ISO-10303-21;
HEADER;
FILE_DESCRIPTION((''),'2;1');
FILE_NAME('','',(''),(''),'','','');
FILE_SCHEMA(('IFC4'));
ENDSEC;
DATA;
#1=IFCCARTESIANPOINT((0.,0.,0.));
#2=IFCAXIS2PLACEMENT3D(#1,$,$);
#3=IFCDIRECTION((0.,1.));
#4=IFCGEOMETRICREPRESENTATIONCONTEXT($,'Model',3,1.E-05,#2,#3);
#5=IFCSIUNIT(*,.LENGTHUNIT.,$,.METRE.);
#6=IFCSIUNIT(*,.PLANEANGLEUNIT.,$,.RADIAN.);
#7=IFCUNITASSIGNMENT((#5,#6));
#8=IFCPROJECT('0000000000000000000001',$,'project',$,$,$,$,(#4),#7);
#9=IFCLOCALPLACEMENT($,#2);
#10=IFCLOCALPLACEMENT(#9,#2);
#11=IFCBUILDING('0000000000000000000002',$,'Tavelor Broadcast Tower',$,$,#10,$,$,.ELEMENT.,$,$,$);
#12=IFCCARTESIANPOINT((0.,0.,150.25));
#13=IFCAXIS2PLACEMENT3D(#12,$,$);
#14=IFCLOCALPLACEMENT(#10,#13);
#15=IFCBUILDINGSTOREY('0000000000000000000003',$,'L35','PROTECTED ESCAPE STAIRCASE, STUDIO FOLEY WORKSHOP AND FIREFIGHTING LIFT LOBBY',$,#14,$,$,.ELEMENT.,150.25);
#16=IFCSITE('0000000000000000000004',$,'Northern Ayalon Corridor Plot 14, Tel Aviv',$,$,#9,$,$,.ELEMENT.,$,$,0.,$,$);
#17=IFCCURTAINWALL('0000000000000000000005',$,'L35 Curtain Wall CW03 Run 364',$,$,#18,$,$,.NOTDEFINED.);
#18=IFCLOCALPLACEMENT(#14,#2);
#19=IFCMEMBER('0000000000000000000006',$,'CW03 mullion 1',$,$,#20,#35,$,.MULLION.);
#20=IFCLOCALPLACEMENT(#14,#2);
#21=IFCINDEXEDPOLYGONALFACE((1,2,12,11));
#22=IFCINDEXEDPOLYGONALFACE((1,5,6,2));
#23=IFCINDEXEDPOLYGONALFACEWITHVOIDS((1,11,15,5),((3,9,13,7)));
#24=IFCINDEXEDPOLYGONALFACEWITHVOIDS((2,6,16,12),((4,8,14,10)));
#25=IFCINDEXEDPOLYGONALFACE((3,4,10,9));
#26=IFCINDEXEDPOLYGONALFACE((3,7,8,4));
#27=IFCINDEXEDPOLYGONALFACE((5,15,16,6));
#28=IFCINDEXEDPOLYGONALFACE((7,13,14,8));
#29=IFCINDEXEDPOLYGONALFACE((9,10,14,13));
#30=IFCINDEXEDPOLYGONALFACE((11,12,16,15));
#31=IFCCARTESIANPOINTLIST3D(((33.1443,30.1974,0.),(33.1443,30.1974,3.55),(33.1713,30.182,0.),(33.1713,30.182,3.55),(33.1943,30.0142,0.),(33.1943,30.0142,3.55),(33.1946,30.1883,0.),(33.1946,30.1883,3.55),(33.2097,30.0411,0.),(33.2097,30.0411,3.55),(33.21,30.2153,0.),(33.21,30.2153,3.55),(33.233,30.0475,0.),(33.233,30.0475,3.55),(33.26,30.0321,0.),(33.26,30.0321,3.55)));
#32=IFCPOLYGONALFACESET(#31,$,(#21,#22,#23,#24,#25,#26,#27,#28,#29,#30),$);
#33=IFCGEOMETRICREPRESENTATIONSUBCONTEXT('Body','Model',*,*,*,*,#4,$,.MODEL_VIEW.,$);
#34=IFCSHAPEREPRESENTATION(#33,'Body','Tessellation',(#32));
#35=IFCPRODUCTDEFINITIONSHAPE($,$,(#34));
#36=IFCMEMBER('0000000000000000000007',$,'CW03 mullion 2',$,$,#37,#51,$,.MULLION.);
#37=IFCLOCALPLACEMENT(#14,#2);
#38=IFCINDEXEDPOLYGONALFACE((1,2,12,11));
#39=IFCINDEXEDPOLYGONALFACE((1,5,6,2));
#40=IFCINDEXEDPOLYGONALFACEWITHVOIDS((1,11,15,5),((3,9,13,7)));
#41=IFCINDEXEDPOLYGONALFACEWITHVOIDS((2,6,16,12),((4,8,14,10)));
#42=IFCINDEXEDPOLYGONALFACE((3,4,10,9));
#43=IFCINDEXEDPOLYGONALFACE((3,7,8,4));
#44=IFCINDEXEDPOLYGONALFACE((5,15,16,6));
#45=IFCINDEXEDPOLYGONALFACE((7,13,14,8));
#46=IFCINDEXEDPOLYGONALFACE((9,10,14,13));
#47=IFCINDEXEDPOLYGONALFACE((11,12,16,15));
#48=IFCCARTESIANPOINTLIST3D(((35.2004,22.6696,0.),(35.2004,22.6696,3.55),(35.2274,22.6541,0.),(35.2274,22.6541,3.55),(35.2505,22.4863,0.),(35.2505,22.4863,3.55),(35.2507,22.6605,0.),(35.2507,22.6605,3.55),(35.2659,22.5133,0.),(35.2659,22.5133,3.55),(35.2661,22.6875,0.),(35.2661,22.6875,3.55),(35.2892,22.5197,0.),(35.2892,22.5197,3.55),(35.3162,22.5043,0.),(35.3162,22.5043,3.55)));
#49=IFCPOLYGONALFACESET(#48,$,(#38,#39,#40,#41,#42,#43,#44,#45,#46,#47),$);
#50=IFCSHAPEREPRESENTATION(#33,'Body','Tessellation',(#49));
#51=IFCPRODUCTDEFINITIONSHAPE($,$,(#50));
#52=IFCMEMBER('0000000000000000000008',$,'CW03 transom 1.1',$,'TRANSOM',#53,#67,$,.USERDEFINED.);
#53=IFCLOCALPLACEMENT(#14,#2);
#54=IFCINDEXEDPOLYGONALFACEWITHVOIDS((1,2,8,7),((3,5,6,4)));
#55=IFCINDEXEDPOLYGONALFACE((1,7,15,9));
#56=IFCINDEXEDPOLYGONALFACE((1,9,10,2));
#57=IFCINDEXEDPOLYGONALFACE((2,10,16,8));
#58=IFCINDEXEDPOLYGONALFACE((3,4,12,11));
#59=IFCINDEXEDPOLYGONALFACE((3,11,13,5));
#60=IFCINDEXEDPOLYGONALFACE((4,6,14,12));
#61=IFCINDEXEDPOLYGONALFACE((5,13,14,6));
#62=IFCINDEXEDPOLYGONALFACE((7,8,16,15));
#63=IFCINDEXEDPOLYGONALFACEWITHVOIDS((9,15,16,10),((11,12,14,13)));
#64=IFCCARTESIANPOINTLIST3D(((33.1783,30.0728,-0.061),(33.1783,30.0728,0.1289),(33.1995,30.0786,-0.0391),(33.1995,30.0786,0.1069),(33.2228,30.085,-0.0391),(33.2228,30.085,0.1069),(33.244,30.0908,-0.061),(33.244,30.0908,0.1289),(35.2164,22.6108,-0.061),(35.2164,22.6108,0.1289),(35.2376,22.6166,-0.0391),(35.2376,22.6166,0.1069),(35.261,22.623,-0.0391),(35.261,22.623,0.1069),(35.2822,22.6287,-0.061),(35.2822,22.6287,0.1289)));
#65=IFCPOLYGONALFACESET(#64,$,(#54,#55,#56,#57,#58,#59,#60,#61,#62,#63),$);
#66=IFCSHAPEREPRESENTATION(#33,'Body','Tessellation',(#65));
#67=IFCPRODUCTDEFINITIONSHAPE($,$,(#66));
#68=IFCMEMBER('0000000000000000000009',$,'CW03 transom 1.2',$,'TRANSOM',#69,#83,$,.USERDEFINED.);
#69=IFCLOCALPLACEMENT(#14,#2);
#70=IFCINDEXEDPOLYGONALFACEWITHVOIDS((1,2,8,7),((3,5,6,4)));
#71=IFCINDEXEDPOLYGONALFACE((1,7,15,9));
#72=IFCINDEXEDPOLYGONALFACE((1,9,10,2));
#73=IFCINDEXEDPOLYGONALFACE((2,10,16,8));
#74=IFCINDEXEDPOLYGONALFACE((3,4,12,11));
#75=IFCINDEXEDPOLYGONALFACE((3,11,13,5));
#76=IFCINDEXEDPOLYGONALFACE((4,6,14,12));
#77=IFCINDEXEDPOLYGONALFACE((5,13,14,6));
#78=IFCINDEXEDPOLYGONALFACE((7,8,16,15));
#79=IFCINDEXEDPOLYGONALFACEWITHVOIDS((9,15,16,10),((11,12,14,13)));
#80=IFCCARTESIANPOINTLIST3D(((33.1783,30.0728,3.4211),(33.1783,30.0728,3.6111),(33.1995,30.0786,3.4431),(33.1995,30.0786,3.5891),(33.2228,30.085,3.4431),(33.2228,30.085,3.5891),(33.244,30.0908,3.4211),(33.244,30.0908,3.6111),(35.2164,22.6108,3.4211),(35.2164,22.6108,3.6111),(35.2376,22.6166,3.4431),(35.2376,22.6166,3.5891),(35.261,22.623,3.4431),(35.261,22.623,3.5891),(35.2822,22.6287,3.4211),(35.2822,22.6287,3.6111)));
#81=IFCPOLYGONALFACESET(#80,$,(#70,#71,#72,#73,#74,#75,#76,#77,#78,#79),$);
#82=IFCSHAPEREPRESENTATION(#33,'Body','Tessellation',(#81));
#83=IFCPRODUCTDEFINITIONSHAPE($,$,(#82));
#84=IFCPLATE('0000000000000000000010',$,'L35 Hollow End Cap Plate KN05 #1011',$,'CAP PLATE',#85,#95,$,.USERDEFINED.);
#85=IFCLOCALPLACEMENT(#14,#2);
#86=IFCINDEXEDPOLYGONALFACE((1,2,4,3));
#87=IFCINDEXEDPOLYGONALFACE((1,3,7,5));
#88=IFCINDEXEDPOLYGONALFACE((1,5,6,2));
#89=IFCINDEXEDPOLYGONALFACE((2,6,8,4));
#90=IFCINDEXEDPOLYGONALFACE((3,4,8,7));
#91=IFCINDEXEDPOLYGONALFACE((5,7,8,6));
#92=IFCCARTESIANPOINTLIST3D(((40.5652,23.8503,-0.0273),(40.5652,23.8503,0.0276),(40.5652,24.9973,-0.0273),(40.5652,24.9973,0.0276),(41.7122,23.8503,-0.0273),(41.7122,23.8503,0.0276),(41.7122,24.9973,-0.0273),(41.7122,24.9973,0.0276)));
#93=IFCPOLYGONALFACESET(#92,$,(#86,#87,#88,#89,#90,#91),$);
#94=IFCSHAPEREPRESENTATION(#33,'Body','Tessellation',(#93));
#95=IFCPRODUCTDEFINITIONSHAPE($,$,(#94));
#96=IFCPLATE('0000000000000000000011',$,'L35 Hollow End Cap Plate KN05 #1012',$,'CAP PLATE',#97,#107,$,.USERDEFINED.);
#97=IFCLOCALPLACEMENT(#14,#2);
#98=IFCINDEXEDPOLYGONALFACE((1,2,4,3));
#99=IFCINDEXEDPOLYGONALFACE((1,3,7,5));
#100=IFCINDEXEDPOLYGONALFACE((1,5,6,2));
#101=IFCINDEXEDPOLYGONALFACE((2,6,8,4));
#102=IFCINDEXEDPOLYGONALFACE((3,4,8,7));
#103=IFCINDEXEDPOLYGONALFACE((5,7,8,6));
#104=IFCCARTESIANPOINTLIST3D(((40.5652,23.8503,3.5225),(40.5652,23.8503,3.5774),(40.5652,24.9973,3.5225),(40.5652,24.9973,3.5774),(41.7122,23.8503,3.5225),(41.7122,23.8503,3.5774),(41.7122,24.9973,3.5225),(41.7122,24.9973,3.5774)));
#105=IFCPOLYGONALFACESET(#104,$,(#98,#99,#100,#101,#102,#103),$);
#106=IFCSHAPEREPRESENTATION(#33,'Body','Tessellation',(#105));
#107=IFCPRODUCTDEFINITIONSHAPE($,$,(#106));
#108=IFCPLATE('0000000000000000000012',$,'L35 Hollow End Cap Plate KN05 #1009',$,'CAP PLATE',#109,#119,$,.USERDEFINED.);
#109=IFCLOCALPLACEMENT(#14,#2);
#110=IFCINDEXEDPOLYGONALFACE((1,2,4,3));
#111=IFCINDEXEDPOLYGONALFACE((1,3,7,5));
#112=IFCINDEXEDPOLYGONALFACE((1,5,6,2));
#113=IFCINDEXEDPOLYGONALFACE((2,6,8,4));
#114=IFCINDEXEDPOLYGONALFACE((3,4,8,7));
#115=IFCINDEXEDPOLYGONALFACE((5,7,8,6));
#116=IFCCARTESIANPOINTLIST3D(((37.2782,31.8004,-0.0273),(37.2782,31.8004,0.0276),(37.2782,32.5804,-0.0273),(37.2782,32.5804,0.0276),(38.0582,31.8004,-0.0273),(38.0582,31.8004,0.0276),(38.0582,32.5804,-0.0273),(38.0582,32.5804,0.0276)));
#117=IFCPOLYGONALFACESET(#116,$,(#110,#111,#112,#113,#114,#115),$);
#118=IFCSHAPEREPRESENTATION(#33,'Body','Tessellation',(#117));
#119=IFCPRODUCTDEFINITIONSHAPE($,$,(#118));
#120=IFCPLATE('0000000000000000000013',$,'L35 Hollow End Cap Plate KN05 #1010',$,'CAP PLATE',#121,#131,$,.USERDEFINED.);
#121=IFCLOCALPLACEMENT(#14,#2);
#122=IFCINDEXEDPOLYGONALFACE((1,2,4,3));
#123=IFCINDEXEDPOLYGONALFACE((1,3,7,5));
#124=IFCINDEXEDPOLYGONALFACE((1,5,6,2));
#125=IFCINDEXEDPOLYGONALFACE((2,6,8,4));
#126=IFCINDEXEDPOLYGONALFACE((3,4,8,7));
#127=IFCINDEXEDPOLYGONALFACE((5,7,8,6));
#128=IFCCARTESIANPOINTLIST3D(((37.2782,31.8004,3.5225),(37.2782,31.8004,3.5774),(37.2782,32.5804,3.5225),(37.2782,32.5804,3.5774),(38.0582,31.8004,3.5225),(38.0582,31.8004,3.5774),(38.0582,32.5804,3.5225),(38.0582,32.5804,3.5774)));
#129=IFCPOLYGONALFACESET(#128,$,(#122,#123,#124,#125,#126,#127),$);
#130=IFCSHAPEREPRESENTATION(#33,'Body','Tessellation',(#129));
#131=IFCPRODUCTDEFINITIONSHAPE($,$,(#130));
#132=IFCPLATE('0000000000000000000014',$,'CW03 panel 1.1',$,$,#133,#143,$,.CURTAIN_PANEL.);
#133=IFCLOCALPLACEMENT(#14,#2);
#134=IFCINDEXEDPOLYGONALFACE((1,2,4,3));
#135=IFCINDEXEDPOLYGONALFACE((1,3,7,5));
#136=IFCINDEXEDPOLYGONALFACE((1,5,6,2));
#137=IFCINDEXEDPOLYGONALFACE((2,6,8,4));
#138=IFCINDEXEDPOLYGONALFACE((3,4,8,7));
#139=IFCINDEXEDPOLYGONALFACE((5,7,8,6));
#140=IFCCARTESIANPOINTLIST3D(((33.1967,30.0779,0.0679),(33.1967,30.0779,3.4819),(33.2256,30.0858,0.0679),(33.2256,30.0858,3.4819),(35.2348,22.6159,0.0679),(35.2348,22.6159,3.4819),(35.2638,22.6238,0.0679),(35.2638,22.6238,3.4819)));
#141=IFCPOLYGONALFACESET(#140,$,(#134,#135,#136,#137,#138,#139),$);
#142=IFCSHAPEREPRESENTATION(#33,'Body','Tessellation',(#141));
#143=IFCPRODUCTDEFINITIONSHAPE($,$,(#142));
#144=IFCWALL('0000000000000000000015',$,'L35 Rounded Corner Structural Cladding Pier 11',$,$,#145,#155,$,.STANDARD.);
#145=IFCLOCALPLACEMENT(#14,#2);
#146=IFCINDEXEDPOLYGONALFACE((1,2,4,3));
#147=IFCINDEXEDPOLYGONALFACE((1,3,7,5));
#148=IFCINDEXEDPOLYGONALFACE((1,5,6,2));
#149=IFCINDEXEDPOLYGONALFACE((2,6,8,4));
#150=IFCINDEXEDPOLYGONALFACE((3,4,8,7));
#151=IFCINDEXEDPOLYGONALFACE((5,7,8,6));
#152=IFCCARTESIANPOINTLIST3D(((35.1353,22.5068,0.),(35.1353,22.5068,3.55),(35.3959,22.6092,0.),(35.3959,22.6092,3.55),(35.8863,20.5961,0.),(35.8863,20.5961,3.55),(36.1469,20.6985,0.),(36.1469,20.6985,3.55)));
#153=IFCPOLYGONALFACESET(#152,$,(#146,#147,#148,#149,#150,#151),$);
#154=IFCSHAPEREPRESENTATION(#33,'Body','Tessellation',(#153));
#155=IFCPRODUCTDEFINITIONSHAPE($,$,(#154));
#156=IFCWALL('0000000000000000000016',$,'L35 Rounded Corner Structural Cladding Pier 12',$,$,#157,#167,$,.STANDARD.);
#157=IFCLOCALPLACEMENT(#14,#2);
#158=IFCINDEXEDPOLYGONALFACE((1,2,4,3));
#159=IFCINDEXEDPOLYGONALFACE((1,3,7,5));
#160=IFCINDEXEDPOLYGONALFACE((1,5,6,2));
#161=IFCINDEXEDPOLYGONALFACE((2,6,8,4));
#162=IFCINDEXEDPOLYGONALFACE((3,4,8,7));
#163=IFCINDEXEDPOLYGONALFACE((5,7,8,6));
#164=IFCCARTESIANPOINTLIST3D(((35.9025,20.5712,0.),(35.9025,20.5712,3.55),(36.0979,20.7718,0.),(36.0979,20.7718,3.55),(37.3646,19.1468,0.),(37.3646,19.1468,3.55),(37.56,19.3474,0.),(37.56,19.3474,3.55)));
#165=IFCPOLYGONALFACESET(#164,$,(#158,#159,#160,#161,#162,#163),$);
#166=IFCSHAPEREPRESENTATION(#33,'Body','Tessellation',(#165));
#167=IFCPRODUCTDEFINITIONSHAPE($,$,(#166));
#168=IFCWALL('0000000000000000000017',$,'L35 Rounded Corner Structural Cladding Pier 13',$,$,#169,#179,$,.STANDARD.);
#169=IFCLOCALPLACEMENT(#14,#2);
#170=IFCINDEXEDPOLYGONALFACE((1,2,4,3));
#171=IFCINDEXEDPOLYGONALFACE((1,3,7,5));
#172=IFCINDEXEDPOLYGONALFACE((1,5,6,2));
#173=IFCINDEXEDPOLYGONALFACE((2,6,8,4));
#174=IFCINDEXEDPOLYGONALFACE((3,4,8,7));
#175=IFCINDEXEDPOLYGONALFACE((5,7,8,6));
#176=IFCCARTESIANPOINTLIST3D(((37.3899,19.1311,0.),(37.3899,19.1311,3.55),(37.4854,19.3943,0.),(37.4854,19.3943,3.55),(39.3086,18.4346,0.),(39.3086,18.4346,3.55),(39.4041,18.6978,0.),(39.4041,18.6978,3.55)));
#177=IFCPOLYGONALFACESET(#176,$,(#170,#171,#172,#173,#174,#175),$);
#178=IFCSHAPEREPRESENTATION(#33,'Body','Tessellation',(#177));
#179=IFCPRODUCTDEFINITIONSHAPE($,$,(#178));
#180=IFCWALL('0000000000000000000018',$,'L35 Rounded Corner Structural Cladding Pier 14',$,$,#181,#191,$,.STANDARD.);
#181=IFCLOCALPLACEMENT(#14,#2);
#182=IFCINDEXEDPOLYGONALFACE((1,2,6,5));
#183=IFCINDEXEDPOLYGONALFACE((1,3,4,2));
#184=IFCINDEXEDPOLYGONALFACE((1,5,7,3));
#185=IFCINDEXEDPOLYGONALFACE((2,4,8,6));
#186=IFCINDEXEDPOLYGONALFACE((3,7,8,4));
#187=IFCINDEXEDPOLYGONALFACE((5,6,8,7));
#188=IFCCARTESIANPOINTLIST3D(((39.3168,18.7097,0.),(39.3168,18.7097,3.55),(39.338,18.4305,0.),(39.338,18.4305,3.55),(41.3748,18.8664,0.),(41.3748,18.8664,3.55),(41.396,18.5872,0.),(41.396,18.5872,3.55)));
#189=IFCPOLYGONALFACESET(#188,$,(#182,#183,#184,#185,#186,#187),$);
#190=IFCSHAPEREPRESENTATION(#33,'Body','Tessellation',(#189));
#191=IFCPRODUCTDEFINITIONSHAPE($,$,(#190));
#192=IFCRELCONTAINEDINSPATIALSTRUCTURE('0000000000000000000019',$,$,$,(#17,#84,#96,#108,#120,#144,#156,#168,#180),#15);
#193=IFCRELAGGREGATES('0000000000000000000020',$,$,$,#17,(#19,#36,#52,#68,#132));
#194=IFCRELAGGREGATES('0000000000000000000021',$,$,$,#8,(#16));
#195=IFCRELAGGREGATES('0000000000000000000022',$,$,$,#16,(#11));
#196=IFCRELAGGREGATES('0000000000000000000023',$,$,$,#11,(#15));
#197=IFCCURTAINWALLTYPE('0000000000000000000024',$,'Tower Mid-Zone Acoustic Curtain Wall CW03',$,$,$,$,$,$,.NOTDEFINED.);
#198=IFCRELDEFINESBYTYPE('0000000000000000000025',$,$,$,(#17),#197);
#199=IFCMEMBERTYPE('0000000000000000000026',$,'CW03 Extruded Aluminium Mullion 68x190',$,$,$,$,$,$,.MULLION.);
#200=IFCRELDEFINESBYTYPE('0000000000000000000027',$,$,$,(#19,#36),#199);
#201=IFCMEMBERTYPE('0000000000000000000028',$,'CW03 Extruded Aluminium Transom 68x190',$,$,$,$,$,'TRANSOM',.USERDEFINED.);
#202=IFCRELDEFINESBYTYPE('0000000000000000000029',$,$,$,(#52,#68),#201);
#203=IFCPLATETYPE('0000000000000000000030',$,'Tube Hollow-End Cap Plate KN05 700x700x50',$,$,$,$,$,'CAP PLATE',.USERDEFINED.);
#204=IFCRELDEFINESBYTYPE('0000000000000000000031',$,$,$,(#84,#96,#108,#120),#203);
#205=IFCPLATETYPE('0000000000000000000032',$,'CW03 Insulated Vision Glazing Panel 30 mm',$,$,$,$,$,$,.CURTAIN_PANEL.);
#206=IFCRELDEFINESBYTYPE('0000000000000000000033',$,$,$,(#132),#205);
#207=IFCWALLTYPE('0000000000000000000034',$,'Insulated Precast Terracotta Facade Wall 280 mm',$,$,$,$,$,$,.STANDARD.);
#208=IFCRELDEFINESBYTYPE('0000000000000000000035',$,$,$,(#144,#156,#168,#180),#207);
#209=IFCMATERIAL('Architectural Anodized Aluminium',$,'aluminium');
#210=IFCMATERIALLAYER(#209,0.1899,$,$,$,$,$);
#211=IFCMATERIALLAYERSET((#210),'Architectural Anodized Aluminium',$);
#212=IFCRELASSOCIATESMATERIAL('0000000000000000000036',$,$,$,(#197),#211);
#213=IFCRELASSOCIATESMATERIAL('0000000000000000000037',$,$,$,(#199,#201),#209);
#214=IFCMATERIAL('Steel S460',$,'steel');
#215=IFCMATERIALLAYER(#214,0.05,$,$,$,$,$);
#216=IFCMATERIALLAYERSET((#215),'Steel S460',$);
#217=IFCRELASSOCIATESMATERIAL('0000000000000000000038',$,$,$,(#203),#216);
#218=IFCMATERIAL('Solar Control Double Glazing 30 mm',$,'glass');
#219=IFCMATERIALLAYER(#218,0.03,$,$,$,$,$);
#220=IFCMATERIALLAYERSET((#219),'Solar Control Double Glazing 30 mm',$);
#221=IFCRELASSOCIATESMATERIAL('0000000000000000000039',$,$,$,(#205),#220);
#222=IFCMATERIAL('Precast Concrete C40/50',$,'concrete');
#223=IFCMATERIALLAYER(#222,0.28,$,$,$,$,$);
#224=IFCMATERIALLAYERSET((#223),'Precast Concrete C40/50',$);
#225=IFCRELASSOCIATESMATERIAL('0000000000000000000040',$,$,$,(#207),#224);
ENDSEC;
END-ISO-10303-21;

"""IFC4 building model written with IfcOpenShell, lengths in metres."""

from ifc_helpers import new_model, si_unit, direction, frame, frame_2d, origin, origin_2d, place, context, subcontext, project, spatial, rectangle, hollow_rectangle, extrude, source, transform, mapped, material, layer, layer_set, material_profile, profile_set, type_object, type_shapes, element, aggregate, save


model = new_model("IFC4")

# Units and contexts
model_context = context("Model", 3, precision=1e-05, world=origin(), true_north=direction((0.0, 1.0)))
body_context = subcontext(model_context, "Body", "Model", "MODEL_VIEW")
ifc_project = project(units=[si_unit("LENGTHUNIT", "METRE"), si_unit("PLANEANGLEUNIT", "RADIAN")], contexts=[model_context])

# Site, building, storey
site_placement = place(None, origin())
site = spatial("IfcSite", under=ifc_project, at=site_placement, Name="Northern Ayalon Corridor Plot 14, Tel Aviv", CompositionType="ELEMENT", RefElevation=0.0)
building_placement = place(site_placement, origin())
building = spatial("IfcBuilding", under=site, at=building_placement, Name="Tavelor Broadcast Tower", CompositionType="ELEMENT")
storey_placement = place(building_placement, frame((0.0, 0.0, 150.25)))
storey = spatial("IfcBuildingStorey", under=building, at=storey_placement, Name="L35", Description="PROTECTED ESCAPE STAIRCASE, STUDIO FOLEY WORKSHOP AND FIREFIGHTING LIFT LOBBY", CompositionType="ELEMENT", Elevation=150.25)

# Shared definitions
ifc_material_1 = material(Name="Steel S460", Category="steel")

# Curtain wall, members
ifc_material_2 = material(Name="Architectural Anodized Aluminium", Category="aluminium")
ifc_layer_1 = layer(ifc_material_2, 0.1899)
ifc_layer_set_1 = layer_set([ifc_layer_1], Name="Architectural Anodized Aluminium")
curtain_wall_type = type_object("IfcCurtainWallType", Name="Tower Mid-Zone Acoustic Curtain Wall CW03", PredefinedType="NOTDEFINED", material=ifc_layer_set_1)
curtain_wall_placement = place(storey_placement, origin())
curtain_wall = element("IfcCurtainWall", 1, at=curtain_wall_placement, inside=storey, type_object=curtain_wall_type, Name="L35 Curtain Wall CW03 Run 364", PredefinedType="NOTDEFINED")
ifc_material_profile_1 = material_profile(ifc_material_2, hollow_rectangle(XDim=0.0681, YDim=0.1899, WallThickness=0.022, at=origin_2d()), Name="RHS 68x190x22")
ifc_profile_set_1 = profile_set([ifc_material_profile_1], Name="Architectural Anodized Aluminium")
member_type_1 = type_object("IfcMemberType", Name="CW03 Extruded Aluminium Mullion 68x190", PredefinedType="MULLION", material=ifc_profile_set_1)
shared_shape_1 = source(origin(), body_context, "Body", "SweptSolid", [
    extrude(hollow_rectangle(XDim=0.0681, YDim=0.1899, WallThickness=0.022, at=origin_2d()), origin(), (0.0, 0.0, 1.0), 3.55),
])
type_shapes(member_type_1, [shared_shape_1])
member_1_placement = place(storey_placement, frame((33.2021, 30.1147, 0.0), z_axis=(0.0, 0.0, 1.0), x_axis=(0.964664, 0.263484, 0.0)))
member_1 = element("IfcMember", 2, at=member_1_placement, type_object=member_type_1, Name="CW03 mullion 1", PredefinedType="MULLION", context=body_context, shape_type="MappedRepresentation", body=[
    mapped(shared_shape_1, transform((0.0, 0.0, 0.0), scale=1.0)),
])
member_2_placement = place(storey_placement, frame((35.2583, 22.5869, 0.0), z_axis=(0.0, 0.0, 1.0), x_axis=(0.964664, 0.263484, 0.0)))
member_2 = element("IfcMember", 3, at=member_2_placement, type_object=member_type_1, Name="CW03 mullion 2", PredefinedType="MULLION", context=body_context, shape_type="MappedRepresentation", body=[
    mapped(shared_shape_1, transform((0.0, 0.0, 0.0), scale=1.0)),
])
ifc_material_profile_2 = material_profile(ifc_material_2, hollow_rectangle(XDim=0.0681, YDim=0.1899, WallThickness=0.022, at=origin_2d()), Name="RHS 68x190x22")
ifc_profile_set_2 = profile_set([ifc_material_profile_2], Name="Architectural Anodized Aluminium")
member_type_2 = type_object("IfcMemberType", Name="CW03 Extruded Aluminium Transom 68x190", ElementType="TRANSOM", PredefinedType="USERDEFINED", material=ifc_profile_set_2)
shared_shape_2 = source(origin(), body_context, "Body", "SweptSolid", [
    extrude(hollow_rectangle(XDim=0.0681, YDim=0.1899, WallThickness=0.022, at=origin_2d()), origin(), (0.0, 0.0, 1.0), 7.7354),
])
type_shapes(member_type_2, [shared_shape_2])
member_3_placement = place(storey_placement, frame((33.2112, 30.0818, 0.0339), z_axis=(0.263481, -0.964665, 0.0), x_axis=(0.964665, 0.263481, 0.0)))
member_3 = element("IfcMember", 4, at=member_3_placement, type_object=member_type_2, Name="CW03 transom 1.1", ObjectType="TRANSOM", PredefinedType="USERDEFINED", context=body_context, shape_type="MappedRepresentation", body=[
    mapped(shared_shape_2, transform((0.0, 0.0, 0.0), scale=1.0)),
])
member_4_placement = place(storey_placement, frame((33.2112, 30.0818, 3.5161), z_axis=(0.263481, -0.964665, 0.0), x_axis=(0.964665, 0.263481, 0.0)))
member_4 = element("IfcMember", 5, at=member_4_placement, type_object=member_type_2, Name="CW03 transom 1.2", ObjectType="TRANSOM", PredefinedType="USERDEFINED", context=body_context, shape_type="MappedRepresentation", body=[
    mapped(shared_shape_2, transform((0.0, 0.0, 0.0), scale=1.0)),
])

# Plates
ifc_layer_2 = layer(ifc_material_1, 0.05)
ifc_layer_set_2 = layer_set([ifc_layer_2], Name="Steel S460")
plate_type_1 = type_object("IfcPlateType", Name="Tube Hollow-End Cap Plate KN05 700x700x50", ElementType="CAP PLATE", PredefinedType="USERDEFINED", material=ifc_layer_set_2)
shared_shape_3 = source(origin(), body_context, "Body", "SweptSolid", [
    extrude(rectangle(XDim=1.147, YDim=1.147, at=origin_2d()), origin(), (0.0, 0.0, 1.0), 0.0549),
])
for number, where, z_axis, x_axis, name in (
    (6, (41.1387, 24.4238, -0.0273), (0.0, 0.0, 1.0), (1.0, 0.0, 0.0), "L35 Hollow End Cap Plate KN05 #1011"),
    (7, (41.1387, 24.4238, 3.5225), (0.0, 0.0, 1.0), (1.0, 0.0, 0.0), "L35 Hollow End Cap Plate KN05 #1012"),
):
    element("IfcPlate", number, at=place(storey_placement, frame(where, z_axis=z_axis, x_axis=x_axis)), inside=storey, type_object=plate_type_1, Name=name, ObjectType="CAP PLATE", PredefinedType="USERDEFINED", context=body_context, shape_type="MappedRepresentation", body=[
        mapped(shared_shape_3, transform((0.0, 0.0, 0.0), scale=1.0)),
    ])
shared_shape_4 = source(origin(), body_context, "Body", "SweptSolid", [
    extrude(rectangle(XDim=0.78, YDim=0.78, at=origin_2d()), origin(), (0.0, 0.0, 1.0), 0.0549),
])
type_shapes(plate_type_1, [shared_shape_3, shared_shape_4])
for number, where, z_axis, x_axis, name in (
    (8, (37.6682, 32.1904, -0.0273), (0.0, 0.0, 1.0), (1.0, 0.0, 0.0), "L35 Hollow End Cap Plate KN05 #1009"),
    (9, (37.6682, 32.1904, 3.5225), (0.0, 0.0, 1.0), (1.0, 0.0, 0.0), "L35 Hollow End Cap Plate KN05 #1010"),
):
    element("IfcPlate", number, at=place(storey_placement, frame(where, z_axis=z_axis, x_axis=x_axis)), inside=storey, type_object=plate_type_1, Name=name, ObjectType="CAP PLATE", PredefinedType="USERDEFINED", context=body_context, shape_type="MappedRepresentation", body=[
        mapped(shared_shape_4, transform((0.0, 0.0, 0.0), scale=1.0)),
    ])

# Plate
ifc_material_3 = material(Name="Solar Control Double Glazing 30 mm", Category="glass")
ifc_layer_3 = layer(ifc_material_3, 0.03)
ifc_layer_set_3 = layer_set([ifc_layer_3], Name="Solar Control Double Glazing 30 mm")
plate_type_2 = type_object("IfcPlateType", Name="CW03 Insulated Vision Glazing Panel 30 mm", PredefinedType="CURTAIN_PANEL", material=ifc_layer_set_3)
shared_shape_5 = source(origin(), body_context, "Body", "SweptSolid", [
    extrude(rectangle(XDim=7.7354, YDim=0.03, at=origin_2d()), origin(), (0.0, 0.0, 1.0), 3.4141),
])
type_shapes(plate_type_2, [shared_shape_5])
plate_placement = place(storey_placement, frame((34.2302, 26.3508, 0.0679), z_axis=(0.0, 0.0, 1.0), x_axis=(0.263484, -0.964664, 0.0)))
plate = element("IfcPlate", 10, at=plate_placement, type_object=plate_type_2, Name="CW03 panel 1.1", PredefinedType="CURTAIN_PANEL", context=body_context, shape_type="MappedRepresentation", body=[
    mapped(shared_shape_5, transform((0.0, 0.0, 0.0), scale=1.0)),
])
aggregate(curtain_wall, [member_1, member_2, member_3, member_4, plate])

# Walls
ifc_material_4 = material(Name="Precast Concrete C40/50", Category="concrete")
ifc_layer_4 = layer(ifc_material_4, 0.28)
ifc_layer_set_4 = layer_set([ifc_layer_4], Name="Precast Concrete C40/50")
wall_type_1 = type_object("IfcWallType", Name="Insulated Precast Terracotta Facade Wall 280 mm", PredefinedType="STANDARD", material=ifc_layer_set_4)
wall_1_placement = place(storey_placement, frame((35.2656, 22.5579, 0.0), z_axis=(0.0, 0.0, 1.0), x_axis=(0.365807, -0.930691, 0.0)))
element("IfcWall", 11, at=wall_1_placement, inside=storey, type_object=wall_type_1, Name="L35 Rounded Corner Structural Cladding Pier 11", PredefinedType="STANDARD", context=body_context, shape_type="SweptSolid", body=[
    extrude(rectangle(XDim=2.053, YDim=0.28, at=frame_2d((1.0264, 0.0))), origin(), (0.0, 0.0, 1.0), 3.55),
])
for number, where, z_axis, x_axis, name in (
    (12, (36.0002, 20.6714, 0.0), (0.0, 0.0, 1.0), (0.716315, -0.697777, 0.0), "L35 Rounded Corner Structural Cladding Pier 12"),
    (13, (37.4377, 19.2627, 0.0), (0.0, 0.0, 1.0), (0.939978, -0.341234, 0.0), "L35 Rounded Corner Structural Cladding Pier 13"),
):
    element("IfcWall", number, at=place(storey_placement, frame(where, z_axis=z_axis, x_axis=x_axis)), inside=storey, type_object=wall_type_1, Name=name, PredefinedType="STANDARD", context=body_context, shape_type="SweptSolid", body=[
        extrude(rectangle(XDim=2.0413, YDim=0.28, at=frame_2d((1.0205, 0.0))), origin(), (0.0, 0.0, 1.0), 3.55),
    ])
wall_2_placement = place(storey_placement, frame((39.3274, 18.5701, 0.0), z_axis=(0.0, 0.0, 1.0), x_axis=(0.997113, 0.075937, 0.0)))
element("IfcWall", 14, at=wall_2_placement, inside=storey, type_object=wall_type_1, Name="L35 Rounded Corner Structural Cladding Pier 14", PredefinedType="STANDARD", context=body_context, shape_type="SweptSolid", body=[
    extrude(rectangle(XDim=2.064, YDim=0.28, at=frame_2d((1.032, 0.0))), origin(), (0.0, 0.0, 1.0), 3.55),
])

save(model, "model.ifc")
